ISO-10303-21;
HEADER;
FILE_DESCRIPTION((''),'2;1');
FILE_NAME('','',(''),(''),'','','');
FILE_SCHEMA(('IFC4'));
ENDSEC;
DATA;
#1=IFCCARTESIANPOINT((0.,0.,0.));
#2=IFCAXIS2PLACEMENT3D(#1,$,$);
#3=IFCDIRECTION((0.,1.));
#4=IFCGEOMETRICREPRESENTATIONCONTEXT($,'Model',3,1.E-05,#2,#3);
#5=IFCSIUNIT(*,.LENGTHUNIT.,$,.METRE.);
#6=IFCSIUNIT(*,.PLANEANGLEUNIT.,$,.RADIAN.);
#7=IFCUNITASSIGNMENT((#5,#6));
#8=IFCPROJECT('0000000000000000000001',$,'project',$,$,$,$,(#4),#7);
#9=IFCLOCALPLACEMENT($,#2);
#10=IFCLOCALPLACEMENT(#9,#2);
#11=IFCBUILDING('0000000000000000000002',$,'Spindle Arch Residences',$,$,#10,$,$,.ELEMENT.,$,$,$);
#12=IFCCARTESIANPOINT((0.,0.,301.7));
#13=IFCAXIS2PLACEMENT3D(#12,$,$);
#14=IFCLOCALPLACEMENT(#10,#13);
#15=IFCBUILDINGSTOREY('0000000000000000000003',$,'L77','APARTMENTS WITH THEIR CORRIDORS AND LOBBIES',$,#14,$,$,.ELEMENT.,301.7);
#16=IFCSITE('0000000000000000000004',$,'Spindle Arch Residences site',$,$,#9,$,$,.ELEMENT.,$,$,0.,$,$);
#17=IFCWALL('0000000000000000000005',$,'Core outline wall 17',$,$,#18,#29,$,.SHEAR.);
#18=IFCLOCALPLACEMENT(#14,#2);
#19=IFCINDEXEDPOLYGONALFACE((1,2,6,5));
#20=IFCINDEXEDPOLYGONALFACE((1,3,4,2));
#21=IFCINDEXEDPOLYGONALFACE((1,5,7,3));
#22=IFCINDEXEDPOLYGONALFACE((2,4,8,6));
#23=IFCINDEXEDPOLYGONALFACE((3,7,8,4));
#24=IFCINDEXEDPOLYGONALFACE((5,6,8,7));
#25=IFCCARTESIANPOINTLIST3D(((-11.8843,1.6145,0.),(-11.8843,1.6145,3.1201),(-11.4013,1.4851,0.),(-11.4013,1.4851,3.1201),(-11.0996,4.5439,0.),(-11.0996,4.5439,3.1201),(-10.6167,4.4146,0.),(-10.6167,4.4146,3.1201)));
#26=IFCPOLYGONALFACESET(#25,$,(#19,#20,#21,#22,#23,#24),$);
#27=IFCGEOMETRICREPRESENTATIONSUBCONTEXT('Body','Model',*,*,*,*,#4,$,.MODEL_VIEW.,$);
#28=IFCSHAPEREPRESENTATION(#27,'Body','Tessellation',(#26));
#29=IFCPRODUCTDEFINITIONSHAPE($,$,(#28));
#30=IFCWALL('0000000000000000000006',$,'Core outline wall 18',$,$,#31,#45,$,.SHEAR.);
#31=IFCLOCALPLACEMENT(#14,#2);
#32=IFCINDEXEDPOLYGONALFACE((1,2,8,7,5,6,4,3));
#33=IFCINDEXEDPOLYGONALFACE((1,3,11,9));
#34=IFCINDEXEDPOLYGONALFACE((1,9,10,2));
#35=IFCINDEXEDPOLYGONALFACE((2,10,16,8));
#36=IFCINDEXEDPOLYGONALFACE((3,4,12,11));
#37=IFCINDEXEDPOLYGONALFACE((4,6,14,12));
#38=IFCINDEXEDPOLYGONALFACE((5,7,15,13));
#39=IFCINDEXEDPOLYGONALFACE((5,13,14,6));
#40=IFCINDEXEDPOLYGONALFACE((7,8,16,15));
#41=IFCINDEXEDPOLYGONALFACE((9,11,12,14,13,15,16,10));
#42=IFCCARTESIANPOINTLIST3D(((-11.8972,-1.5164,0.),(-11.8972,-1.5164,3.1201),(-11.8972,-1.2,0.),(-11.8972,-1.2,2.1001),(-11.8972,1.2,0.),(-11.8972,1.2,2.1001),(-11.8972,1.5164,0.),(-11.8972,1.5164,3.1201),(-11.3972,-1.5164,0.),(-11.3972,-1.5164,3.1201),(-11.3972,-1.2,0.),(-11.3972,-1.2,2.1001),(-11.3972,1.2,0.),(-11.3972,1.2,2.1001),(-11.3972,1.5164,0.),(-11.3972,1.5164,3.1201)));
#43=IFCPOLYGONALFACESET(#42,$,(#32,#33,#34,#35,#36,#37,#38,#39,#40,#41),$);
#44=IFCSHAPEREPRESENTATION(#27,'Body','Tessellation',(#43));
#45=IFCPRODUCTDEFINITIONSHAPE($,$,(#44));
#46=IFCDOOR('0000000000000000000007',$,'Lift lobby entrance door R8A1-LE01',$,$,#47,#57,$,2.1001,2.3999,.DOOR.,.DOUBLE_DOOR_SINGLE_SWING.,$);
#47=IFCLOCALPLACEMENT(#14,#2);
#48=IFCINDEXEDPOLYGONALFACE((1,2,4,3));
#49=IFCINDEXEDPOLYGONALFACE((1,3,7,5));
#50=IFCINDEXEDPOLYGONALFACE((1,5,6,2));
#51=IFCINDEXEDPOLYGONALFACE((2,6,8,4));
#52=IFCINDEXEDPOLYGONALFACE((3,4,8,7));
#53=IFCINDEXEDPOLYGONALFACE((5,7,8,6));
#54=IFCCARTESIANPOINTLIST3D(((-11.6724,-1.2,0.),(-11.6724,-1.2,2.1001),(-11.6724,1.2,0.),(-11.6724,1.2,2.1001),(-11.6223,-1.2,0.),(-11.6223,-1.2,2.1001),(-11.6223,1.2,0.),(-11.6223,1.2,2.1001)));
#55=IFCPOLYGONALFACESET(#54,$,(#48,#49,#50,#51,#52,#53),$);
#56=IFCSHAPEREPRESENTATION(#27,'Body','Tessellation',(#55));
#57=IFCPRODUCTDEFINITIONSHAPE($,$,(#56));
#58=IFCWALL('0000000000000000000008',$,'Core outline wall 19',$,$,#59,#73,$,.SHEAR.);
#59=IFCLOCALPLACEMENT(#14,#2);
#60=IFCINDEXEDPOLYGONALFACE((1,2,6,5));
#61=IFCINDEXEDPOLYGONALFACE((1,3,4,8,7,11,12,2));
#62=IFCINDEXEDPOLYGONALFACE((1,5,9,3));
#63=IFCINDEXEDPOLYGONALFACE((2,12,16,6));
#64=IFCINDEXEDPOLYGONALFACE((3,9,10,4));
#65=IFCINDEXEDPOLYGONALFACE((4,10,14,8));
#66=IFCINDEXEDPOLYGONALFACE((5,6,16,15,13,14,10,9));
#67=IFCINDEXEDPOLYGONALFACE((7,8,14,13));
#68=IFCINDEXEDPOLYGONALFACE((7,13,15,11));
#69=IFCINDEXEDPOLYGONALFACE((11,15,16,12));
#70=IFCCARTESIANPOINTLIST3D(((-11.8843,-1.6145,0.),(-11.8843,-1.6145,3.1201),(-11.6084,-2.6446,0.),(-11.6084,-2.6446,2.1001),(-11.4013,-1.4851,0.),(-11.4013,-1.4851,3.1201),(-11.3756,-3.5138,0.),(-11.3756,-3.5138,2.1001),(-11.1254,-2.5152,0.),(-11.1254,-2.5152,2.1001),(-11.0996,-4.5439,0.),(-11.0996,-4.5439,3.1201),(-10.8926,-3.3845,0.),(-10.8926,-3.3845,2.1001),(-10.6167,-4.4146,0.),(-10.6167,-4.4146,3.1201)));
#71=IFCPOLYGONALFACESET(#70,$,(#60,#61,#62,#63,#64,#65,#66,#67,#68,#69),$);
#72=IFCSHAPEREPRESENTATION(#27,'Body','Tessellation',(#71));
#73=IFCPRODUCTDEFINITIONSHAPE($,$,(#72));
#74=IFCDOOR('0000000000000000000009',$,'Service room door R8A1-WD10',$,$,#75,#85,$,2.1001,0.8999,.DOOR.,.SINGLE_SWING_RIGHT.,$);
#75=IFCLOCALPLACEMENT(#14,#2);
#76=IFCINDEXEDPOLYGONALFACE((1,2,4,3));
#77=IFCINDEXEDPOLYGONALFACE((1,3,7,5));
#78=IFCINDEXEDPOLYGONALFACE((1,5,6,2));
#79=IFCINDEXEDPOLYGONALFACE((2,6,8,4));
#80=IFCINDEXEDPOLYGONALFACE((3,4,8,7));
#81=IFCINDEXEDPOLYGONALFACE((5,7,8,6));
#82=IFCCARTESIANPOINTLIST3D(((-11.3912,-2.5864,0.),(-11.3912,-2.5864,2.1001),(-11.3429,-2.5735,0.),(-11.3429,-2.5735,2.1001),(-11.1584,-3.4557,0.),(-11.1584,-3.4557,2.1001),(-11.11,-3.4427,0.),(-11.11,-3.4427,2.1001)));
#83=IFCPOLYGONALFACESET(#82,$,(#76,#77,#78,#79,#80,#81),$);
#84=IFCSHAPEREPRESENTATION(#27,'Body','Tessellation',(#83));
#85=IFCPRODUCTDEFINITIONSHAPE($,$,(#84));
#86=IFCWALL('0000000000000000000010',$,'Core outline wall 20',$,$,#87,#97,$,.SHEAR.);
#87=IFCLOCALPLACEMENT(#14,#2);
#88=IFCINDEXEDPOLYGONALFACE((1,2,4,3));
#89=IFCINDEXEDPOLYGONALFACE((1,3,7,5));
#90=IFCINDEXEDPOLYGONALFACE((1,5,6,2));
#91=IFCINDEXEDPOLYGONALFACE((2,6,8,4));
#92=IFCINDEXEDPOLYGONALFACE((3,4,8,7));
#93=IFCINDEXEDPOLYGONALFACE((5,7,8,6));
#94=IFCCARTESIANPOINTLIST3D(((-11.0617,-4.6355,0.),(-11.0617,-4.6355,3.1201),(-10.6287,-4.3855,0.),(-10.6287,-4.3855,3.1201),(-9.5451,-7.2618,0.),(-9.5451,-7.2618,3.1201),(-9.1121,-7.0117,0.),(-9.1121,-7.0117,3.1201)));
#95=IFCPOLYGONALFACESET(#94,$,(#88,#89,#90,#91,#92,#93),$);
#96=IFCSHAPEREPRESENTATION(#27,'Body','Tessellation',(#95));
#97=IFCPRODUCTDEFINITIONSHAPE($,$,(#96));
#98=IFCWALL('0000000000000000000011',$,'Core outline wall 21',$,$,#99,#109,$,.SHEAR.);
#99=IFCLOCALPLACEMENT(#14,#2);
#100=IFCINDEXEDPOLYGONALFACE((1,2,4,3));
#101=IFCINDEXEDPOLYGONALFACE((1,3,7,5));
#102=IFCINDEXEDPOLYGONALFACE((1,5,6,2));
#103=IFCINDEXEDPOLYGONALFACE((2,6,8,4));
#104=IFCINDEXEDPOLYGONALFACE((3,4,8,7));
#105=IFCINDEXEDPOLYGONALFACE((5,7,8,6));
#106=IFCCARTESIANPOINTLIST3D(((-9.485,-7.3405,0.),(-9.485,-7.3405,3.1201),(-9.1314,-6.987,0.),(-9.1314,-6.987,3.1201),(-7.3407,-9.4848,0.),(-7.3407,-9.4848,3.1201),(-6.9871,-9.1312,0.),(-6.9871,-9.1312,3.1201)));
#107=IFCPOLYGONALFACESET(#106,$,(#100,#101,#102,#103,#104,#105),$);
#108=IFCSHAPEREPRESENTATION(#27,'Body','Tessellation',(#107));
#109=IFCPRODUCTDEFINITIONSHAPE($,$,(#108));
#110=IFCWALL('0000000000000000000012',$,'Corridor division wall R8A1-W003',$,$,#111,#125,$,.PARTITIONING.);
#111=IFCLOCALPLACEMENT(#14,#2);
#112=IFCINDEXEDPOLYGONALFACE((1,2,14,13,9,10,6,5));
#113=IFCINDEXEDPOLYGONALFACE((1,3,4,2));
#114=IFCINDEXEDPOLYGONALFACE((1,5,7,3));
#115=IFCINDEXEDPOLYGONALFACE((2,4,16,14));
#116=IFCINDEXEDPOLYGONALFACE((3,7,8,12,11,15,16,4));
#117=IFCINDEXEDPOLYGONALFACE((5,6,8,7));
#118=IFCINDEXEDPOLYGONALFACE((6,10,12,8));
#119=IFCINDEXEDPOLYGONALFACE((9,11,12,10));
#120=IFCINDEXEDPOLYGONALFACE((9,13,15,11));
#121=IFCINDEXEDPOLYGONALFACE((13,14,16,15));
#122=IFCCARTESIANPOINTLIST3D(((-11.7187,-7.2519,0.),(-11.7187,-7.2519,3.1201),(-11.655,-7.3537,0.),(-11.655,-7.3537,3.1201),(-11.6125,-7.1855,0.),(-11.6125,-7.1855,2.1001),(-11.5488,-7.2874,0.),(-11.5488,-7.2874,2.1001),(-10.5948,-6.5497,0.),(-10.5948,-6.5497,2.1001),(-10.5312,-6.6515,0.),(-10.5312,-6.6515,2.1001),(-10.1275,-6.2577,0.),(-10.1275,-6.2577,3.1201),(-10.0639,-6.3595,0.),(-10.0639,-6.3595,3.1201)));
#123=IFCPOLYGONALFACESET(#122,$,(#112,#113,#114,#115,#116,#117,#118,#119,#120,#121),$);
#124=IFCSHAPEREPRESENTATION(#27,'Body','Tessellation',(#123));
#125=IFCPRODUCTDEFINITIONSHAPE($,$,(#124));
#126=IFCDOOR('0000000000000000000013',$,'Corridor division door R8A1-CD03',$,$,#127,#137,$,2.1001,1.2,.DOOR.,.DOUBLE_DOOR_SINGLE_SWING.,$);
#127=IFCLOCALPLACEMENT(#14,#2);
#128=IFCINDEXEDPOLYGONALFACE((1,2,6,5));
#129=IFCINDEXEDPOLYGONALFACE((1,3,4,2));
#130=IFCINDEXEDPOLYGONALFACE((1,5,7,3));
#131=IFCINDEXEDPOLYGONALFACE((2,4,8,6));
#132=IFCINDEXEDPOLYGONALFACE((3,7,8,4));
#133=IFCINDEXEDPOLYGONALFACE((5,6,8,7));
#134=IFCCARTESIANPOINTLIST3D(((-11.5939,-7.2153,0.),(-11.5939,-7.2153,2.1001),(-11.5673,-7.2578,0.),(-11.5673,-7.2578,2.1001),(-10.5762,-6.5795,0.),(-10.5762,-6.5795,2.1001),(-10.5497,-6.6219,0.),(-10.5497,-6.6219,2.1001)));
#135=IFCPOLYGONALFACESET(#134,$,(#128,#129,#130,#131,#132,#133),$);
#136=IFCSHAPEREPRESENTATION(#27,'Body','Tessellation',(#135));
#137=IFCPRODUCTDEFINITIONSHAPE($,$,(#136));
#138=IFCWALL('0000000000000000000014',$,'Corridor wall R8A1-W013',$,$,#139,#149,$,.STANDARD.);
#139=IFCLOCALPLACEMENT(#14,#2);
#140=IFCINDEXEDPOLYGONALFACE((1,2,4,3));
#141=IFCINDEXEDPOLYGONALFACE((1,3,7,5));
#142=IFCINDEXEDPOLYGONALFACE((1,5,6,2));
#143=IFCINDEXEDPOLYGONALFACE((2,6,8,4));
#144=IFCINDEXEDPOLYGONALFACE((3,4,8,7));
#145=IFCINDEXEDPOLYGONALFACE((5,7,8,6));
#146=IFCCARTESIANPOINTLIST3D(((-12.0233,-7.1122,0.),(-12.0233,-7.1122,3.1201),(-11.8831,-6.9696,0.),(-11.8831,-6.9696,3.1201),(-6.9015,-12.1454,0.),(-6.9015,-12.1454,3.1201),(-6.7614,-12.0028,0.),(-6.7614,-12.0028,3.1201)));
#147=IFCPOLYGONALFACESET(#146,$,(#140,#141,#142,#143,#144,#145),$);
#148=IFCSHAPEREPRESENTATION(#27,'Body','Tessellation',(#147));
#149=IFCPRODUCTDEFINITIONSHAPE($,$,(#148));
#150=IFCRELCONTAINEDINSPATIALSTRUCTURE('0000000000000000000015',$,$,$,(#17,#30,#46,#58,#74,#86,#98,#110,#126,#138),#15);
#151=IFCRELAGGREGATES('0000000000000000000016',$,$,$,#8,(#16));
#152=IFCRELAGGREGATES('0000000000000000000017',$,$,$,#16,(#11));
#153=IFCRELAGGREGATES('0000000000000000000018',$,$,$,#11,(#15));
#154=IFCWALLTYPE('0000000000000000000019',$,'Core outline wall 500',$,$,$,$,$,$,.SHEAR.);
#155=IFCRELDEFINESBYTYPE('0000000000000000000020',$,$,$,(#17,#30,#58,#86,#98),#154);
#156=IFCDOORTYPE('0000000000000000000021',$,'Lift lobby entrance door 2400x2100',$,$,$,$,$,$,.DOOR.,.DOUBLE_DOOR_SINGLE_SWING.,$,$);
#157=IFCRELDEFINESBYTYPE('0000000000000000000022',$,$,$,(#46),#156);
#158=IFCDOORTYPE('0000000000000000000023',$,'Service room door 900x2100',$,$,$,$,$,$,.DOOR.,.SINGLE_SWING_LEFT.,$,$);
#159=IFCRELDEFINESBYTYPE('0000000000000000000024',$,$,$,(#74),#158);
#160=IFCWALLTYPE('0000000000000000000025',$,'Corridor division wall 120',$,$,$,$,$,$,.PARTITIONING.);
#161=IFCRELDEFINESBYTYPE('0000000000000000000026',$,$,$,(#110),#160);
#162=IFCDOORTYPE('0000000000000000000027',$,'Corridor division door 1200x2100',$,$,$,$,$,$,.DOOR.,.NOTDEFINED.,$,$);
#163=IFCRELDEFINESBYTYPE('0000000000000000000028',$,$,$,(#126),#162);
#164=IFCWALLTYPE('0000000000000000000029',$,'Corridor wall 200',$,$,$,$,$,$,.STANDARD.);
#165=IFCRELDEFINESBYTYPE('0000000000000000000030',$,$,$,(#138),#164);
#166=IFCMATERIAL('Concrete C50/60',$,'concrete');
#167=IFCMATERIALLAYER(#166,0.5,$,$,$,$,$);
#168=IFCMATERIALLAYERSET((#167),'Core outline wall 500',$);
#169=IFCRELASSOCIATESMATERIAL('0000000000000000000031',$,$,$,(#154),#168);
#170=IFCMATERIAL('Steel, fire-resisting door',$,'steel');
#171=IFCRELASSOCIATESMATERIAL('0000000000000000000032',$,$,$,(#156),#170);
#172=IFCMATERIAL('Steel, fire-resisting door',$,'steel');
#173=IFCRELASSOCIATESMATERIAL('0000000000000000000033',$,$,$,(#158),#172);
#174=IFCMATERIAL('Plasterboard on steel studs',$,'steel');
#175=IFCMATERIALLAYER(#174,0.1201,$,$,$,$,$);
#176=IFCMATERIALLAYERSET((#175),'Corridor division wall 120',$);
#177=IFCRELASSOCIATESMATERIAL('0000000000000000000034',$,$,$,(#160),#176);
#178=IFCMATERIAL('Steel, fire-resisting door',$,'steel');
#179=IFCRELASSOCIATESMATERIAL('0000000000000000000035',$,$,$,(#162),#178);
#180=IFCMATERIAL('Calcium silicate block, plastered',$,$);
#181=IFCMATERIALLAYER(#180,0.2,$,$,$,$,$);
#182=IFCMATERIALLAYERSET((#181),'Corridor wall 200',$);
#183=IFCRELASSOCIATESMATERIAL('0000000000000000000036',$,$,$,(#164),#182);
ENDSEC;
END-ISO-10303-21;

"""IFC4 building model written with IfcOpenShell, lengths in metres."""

from ifc_helpers import new_model, si_unit, direction, frame, frame_2d, origin, place, context, subcontext, project, spatial, rectangle, extrude, material, layer, layer_set, type_object, element, fill, save


model = new_model("IFC4")

# Units and contexts
model_context = context("Model", 3, precision=1e-05, world=origin(), true_north=direction((0.0, 1.0)))
body_context = subcontext(model_context, "Body", "Model", "MODEL_VIEW")
ifc_project = project(units=[si_unit("LENGTHUNIT", "METRE"), si_unit("PLANEANGLEUNIT", "RADIAN")], contexts=[model_context])

# Site, building, storey
site_placement = place(None, origin())
site = spatial("IfcSite", under=ifc_project, at=site_placement, Name="Spindle Arch Residences site", CompositionType="ELEMENT", RefElevation=0.0)
building_placement = place(site_placement, origin())
building = spatial("IfcBuilding", under=site, at=building_placement, Name="Spindle Arch Residences", CompositionType="ELEMENT")
storey_placement = place(building_placement, frame((0.0, 0.0, 301.7)))
storey = spatial("IfcBuildingStorey", under=building, at=storey_placement, Name="L77", Description="APARTMENTS WITH THEIR CORRIDORS AND LOBBIES", CompositionType="ELEMENT", Elevation=301.7)

# Wall
ifc_material_1 = material(Name="Concrete C50/60", Category="concrete")
ifc_layer_1 = layer(ifc_material_1, 0.5)
ifc_layer_set_1 = layer_set([ifc_layer_1], Name="Core outline wall 500")
wall_type_1 = type_object("IfcWallType", Name="Core outline wall 500", PredefinedType="SHEAR", material=ifc_layer_set_1)
wall_1_placement = place(storey_placement, frame((-10.8582, 4.4792, 0.0), z_axis=(0.0, 0.0, 1.0), x_axis=(-0.258735, -0.965948, 0.0)))
element("IfcWall", 1, at=wall_1_placement, inside=storey, type_object=wall_type_1, Name="Core outline wall 17", PredefinedType="SHEAR", context=body_context, shape_type="SweptSolid", body=[
    extrude(rectangle(XDim=3.0327, YDim=0.5, at=frame_2d((1.5164, 0.0))), origin(), (0.0, 0.0, 1.0), 3.1201),
])

# Walls, openings, doors
wall_2_placement = place(storey_placement, frame((-11.6472, 1.5164, 0.0), z_axis=(0.0, 0.0, 1.0), x_axis=(0.0, -1.0, 0.0)))
wall_2 = element("IfcWall", 2, at=wall_2_placement, inside=storey, type_object=wall_type_1, Name="Core outline wall 18", PredefinedType="SHEAR", context=body_context, shape_type="SweptSolid", body=[
    extrude(rectangle(XDim=3.0327, YDim=0.5, at=frame_2d((1.5164, 0.0))), origin(), (0.0, 0.0, 1.0), 3.1201),
])
opening_1_placement = place(wall_2_placement, frame((0.3164, 0.0, 0.0)))
opening_1 = element("IfcOpeningElement", 3, at=opening_1_placement, cuts=wall_2, PredefinedType="OPENING", context=body_context, shape_type="SweptSolid", body=[
    extrude(rectangle(XDim=2.3999, YDim=2.1001, at=frame_2d((1.2, 1.05))), frame((0.0, 0.26, 0.0), z_axis=(0.0, -1.0, 0.0), x_axis=(1.0, 0.0, 0.0)), (0.0, 0.0, 1.0), 0.52),
])
ifc_material_2 = material(Name="Steel, fire-resisting door", Category="steel")
door_type_1 = type_object("IfcDoorType", Name="Lift lobby entrance door 2400x2100", OperationType="DOUBLE_DOOR_SINGLE_SWING", PredefinedType="DOOR", material=ifc_material_2)
door_1_placement = place(opening_1_placement, origin())
door_1 = element("IfcDoor", 4, at=door_1_placement, inside=storey, type_object=door_type_1, Name="Lift lobby entrance door R8A1-LE01", OperationType="DOUBLE_DOOR_SINGLE_SWING", OverallHeight=2.1001, OverallWidth=2.3999, PredefinedType="DOOR", context=body_context, shape_type="SweptSolid", body=[
    extrude(rectangle(XDim=2.3999, YDim=2.1001, at=frame_2d((1.2, 1.05))), frame((0.0, 0.0249, 0.0), z_axis=(0.0, -1.0, 0.0), x_axis=(1.0, 0.0, 0.0)), (0.0, 0.0, 1.0), 0.05),
])
fill(opening_1, door_1)
wall_3_placement = place(storey_placement, frame((-11.6428, -1.5498, 0.0), z_axis=(0.0, 0.0, 1.0), x_axis=(0.258735, -0.965948, 0.0)))
wall_3 = element("IfcWall", 5, at=wall_3_placement, inside=storey, type_object=wall_type_1, Name="Core outline wall 19", PredefinedType="SHEAR", context=body_context, shape_type="SweptSolid", body=[
    extrude(rectangle(XDim=3.0327, YDim=0.5, at=frame_2d((1.5164, 0.0))), origin(), (0.0, 0.0, 1.0), 3.1201),
])
opening_2_placement = place(wall_3_placement, frame((1.0664, 0.0, 0.0)))
opening_2 = element("IfcOpeningElement", 6, at=opening_2_placement, cuts=wall_3, PredefinedType="OPENING", context=body_context, shape_type="SweptSolid", body=[
    extrude(rectangle(XDim=0.8999, YDim=2.1001, at=frame_2d((0.45, 1.05))), frame((0.0, 0.26, 0.0), z_axis=(0.0, -1.0, 0.0), x_axis=(1.0, 0.0, 0.0)), (0.0, 0.0, 1.0), 0.52),
])
ifc_material_3 = material(Name="Steel, fire-resisting door", Category="steel")
door_type_2 = type_object("IfcDoorType", Name="Service room door 900x2100", OperationType="SINGLE_SWING_LEFT", PredefinedType="DOOR", material=ifc_material_3)
door_2_placement = place(opening_2_placement, origin())
door_2 = element("IfcDoor", 7, at=door_2_placement, inside=storey, type_object=door_type_2, Name="Service room door R8A1-WD10", OperationType="SINGLE_SWING_RIGHT", OverallHeight=2.1001, OverallWidth=0.8999, PredefinedType="DOOR", context=body_context, shape_type="SweptSolid", body=[
    extrude(rectangle(XDim=0.8999, YDim=2.1001, at=frame_2d((0.45, 1.05))), frame((0.0, 0.0249, 0.0), z_axis=(0.0, -1.0, 0.0), x_axis=(1.0, 0.0, 0.0)), (0.0, 0.0, 1.0), 0.05),
])
fill(opening_2, door_2)

# Walls
wall_4_placement = place(storey_placement, frame((-10.8452, -4.5105, 0.0), z_axis=(0.0, 0.0, 1.0), x_axis=(0.500087, -0.865975, 0.0)))
element("IfcWall", 8, at=wall_4_placement, inside=storey, type_object=wall_type_1, Name="Core outline wall 20", PredefinedType="SHEAR", context=body_context, shape_type="SweptSolid", body=[
    extrude(rectangle(XDim=3.0327, YDim=0.5, at=frame_2d((1.5164, 0.0))), origin(), (0.0, 0.0, 1.0), 3.1201),
])
wall_5_placement = place(storey_placement, frame((-9.3081, -7.1638, 0.0), z_axis=(0.0, 0.0, 1.0), x_axis=(0.707107, -0.707107, 0.0)))
element("IfcWall", 9, at=wall_5_placement, inside=storey, type_object=wall_type_1, Name="Core outline wall 21", PredefinedType="SHEAR", context=body_context, shape_type="SweptSolid", body=[
    extrude(rectangle(XDim=3.0325, YDim=0.5, at=frame_2d((1.5161, 0.0))), origin(), (0.0, 0.0, 1.0), 3.1201),
])

# Wall, opening, door
ifc_material_4 = material(Name="Plasterboard on steel studs", Category="steel")
ifc_layer_2 = layer(ifc_material_4, 0.1201)
ifc_layer_set_2 = layer_set([ifc_layer_2], Name="Corridor division wall 120")
wall_type_2 = type_object("IfcWallType", Name="Corridor division wall 120", PredefinedType="PARTITIONING", material=ifc_layer_set_2)
wall_6_placement = place(storey_placement, frame((-11.6868, -7.3027, 0.0), z_axis=(0.0, 0.0, 1.0), x_axis=(0.848064, 0.529894, 0.0)))
wall_6 = element("IfcWall", 10, at=wall_6_placement, inside=storey, type_object=wall_type_2, Name="Corridor division wall R8A1-W003", PredefinedType="PARTITIONING", context=body_context, shape_type="SweptSolid", body=[
    extrude(rectangle(XDim=1.8762, YDim=0.1201, at=frame_2d((0.938, 0.0))), origin(), (0.0, 0.0, 1.0), 3.1201),
])
opening_3_placement = place(wall_6_placement, frame((0.125, 0.0, 0.0)))
opening_3 = element("IfcOpeningElement", 11, at=opening_3_placement, cuts=wall_6, PredefinedType="OPENING", context=body_context, shape_type="SweptSolid", body=[
    extrude(rectangle(XDim=1.2, YDim=2.1001, at=frame_2d((0.6001, 1.05))), frame((0.0, 0.0701, 0.0), z_axis=(0.0, -1.0, 0.0), x_axis=(1.0, 0.0, 0.0)), (0.0, 0.0, 1.0), 0.1401),
])
ifc_material_5 = material(Name="Steel, fire-resisting door", Category="steel")
door_type_3 = type_object("IfcDoorType", Name="Corridor division door 1200x2100", OperationType="NOTDEFINED", PredefinedType="DOOR", material=ifc_material_5)
door_3_placement = place(opening_3_placement, origin())
door_3 = element("IfcDoor", 12, at=door_3_placement, inside=storey, type_object=door_type_3, Name="Corridor division door R8A1-CD03", OperationType="DOUBLE_DOOR_SINGLE_SWING", OverallHeight=2.1001, OverallWidth=1.2, PredefinedType="DOOR", context=body_context, shape_type="SweptSolid", body=[
    extrude(rectangle(XDim=1.2, YDim=2.1001, at=frame_2d((0.6001, 1.05))), frame((0.0, 0.0249, 0.0), z_axis=(0.0, -1.0, 0.0), x_axis=(1.0, 0.0, 0.0)), (0.0, 0.0, 1.0), 0.05),
])
fill(opening_3, door_3)

# Wall
ifc_material_6 = material(Name="Calcium silicate block, plastered")
ifc_layer_3 = layer(ifc_material_6, 0.2)
ifc_layer_set_3 = layer_set([ifc_layer_3], Name="Corridor wall 200")
wall_type_3 = type_object("IfcWallType", Name="Corridor wall 200", PredefinedType="STANDARD", material=ifc_layer_set_3)
wall_7_placement = place(storey_placement, frame((-11.9531, -7.041, 0.0), z_axis=(0.0, 0.0, 1.0), x_axis=(0.713251, -0.700909, 0.0)))
element("IfcWall", 13, at=wall_7_placement, inside=storey, type_object=wall_type_3, Name="Corridor wall R8A1-W013", PredefinedType="STANDARD", context=body_context, shape_type="SweptSolid", body=[
    extrude(rectangle(XDim=7.1809, YDim=0.2, at=frame_2d((3.5903, 0.0))), origin(), (0.0, 0.0, 1.0), 3.1201),
])

save(model, "model.ifc")
